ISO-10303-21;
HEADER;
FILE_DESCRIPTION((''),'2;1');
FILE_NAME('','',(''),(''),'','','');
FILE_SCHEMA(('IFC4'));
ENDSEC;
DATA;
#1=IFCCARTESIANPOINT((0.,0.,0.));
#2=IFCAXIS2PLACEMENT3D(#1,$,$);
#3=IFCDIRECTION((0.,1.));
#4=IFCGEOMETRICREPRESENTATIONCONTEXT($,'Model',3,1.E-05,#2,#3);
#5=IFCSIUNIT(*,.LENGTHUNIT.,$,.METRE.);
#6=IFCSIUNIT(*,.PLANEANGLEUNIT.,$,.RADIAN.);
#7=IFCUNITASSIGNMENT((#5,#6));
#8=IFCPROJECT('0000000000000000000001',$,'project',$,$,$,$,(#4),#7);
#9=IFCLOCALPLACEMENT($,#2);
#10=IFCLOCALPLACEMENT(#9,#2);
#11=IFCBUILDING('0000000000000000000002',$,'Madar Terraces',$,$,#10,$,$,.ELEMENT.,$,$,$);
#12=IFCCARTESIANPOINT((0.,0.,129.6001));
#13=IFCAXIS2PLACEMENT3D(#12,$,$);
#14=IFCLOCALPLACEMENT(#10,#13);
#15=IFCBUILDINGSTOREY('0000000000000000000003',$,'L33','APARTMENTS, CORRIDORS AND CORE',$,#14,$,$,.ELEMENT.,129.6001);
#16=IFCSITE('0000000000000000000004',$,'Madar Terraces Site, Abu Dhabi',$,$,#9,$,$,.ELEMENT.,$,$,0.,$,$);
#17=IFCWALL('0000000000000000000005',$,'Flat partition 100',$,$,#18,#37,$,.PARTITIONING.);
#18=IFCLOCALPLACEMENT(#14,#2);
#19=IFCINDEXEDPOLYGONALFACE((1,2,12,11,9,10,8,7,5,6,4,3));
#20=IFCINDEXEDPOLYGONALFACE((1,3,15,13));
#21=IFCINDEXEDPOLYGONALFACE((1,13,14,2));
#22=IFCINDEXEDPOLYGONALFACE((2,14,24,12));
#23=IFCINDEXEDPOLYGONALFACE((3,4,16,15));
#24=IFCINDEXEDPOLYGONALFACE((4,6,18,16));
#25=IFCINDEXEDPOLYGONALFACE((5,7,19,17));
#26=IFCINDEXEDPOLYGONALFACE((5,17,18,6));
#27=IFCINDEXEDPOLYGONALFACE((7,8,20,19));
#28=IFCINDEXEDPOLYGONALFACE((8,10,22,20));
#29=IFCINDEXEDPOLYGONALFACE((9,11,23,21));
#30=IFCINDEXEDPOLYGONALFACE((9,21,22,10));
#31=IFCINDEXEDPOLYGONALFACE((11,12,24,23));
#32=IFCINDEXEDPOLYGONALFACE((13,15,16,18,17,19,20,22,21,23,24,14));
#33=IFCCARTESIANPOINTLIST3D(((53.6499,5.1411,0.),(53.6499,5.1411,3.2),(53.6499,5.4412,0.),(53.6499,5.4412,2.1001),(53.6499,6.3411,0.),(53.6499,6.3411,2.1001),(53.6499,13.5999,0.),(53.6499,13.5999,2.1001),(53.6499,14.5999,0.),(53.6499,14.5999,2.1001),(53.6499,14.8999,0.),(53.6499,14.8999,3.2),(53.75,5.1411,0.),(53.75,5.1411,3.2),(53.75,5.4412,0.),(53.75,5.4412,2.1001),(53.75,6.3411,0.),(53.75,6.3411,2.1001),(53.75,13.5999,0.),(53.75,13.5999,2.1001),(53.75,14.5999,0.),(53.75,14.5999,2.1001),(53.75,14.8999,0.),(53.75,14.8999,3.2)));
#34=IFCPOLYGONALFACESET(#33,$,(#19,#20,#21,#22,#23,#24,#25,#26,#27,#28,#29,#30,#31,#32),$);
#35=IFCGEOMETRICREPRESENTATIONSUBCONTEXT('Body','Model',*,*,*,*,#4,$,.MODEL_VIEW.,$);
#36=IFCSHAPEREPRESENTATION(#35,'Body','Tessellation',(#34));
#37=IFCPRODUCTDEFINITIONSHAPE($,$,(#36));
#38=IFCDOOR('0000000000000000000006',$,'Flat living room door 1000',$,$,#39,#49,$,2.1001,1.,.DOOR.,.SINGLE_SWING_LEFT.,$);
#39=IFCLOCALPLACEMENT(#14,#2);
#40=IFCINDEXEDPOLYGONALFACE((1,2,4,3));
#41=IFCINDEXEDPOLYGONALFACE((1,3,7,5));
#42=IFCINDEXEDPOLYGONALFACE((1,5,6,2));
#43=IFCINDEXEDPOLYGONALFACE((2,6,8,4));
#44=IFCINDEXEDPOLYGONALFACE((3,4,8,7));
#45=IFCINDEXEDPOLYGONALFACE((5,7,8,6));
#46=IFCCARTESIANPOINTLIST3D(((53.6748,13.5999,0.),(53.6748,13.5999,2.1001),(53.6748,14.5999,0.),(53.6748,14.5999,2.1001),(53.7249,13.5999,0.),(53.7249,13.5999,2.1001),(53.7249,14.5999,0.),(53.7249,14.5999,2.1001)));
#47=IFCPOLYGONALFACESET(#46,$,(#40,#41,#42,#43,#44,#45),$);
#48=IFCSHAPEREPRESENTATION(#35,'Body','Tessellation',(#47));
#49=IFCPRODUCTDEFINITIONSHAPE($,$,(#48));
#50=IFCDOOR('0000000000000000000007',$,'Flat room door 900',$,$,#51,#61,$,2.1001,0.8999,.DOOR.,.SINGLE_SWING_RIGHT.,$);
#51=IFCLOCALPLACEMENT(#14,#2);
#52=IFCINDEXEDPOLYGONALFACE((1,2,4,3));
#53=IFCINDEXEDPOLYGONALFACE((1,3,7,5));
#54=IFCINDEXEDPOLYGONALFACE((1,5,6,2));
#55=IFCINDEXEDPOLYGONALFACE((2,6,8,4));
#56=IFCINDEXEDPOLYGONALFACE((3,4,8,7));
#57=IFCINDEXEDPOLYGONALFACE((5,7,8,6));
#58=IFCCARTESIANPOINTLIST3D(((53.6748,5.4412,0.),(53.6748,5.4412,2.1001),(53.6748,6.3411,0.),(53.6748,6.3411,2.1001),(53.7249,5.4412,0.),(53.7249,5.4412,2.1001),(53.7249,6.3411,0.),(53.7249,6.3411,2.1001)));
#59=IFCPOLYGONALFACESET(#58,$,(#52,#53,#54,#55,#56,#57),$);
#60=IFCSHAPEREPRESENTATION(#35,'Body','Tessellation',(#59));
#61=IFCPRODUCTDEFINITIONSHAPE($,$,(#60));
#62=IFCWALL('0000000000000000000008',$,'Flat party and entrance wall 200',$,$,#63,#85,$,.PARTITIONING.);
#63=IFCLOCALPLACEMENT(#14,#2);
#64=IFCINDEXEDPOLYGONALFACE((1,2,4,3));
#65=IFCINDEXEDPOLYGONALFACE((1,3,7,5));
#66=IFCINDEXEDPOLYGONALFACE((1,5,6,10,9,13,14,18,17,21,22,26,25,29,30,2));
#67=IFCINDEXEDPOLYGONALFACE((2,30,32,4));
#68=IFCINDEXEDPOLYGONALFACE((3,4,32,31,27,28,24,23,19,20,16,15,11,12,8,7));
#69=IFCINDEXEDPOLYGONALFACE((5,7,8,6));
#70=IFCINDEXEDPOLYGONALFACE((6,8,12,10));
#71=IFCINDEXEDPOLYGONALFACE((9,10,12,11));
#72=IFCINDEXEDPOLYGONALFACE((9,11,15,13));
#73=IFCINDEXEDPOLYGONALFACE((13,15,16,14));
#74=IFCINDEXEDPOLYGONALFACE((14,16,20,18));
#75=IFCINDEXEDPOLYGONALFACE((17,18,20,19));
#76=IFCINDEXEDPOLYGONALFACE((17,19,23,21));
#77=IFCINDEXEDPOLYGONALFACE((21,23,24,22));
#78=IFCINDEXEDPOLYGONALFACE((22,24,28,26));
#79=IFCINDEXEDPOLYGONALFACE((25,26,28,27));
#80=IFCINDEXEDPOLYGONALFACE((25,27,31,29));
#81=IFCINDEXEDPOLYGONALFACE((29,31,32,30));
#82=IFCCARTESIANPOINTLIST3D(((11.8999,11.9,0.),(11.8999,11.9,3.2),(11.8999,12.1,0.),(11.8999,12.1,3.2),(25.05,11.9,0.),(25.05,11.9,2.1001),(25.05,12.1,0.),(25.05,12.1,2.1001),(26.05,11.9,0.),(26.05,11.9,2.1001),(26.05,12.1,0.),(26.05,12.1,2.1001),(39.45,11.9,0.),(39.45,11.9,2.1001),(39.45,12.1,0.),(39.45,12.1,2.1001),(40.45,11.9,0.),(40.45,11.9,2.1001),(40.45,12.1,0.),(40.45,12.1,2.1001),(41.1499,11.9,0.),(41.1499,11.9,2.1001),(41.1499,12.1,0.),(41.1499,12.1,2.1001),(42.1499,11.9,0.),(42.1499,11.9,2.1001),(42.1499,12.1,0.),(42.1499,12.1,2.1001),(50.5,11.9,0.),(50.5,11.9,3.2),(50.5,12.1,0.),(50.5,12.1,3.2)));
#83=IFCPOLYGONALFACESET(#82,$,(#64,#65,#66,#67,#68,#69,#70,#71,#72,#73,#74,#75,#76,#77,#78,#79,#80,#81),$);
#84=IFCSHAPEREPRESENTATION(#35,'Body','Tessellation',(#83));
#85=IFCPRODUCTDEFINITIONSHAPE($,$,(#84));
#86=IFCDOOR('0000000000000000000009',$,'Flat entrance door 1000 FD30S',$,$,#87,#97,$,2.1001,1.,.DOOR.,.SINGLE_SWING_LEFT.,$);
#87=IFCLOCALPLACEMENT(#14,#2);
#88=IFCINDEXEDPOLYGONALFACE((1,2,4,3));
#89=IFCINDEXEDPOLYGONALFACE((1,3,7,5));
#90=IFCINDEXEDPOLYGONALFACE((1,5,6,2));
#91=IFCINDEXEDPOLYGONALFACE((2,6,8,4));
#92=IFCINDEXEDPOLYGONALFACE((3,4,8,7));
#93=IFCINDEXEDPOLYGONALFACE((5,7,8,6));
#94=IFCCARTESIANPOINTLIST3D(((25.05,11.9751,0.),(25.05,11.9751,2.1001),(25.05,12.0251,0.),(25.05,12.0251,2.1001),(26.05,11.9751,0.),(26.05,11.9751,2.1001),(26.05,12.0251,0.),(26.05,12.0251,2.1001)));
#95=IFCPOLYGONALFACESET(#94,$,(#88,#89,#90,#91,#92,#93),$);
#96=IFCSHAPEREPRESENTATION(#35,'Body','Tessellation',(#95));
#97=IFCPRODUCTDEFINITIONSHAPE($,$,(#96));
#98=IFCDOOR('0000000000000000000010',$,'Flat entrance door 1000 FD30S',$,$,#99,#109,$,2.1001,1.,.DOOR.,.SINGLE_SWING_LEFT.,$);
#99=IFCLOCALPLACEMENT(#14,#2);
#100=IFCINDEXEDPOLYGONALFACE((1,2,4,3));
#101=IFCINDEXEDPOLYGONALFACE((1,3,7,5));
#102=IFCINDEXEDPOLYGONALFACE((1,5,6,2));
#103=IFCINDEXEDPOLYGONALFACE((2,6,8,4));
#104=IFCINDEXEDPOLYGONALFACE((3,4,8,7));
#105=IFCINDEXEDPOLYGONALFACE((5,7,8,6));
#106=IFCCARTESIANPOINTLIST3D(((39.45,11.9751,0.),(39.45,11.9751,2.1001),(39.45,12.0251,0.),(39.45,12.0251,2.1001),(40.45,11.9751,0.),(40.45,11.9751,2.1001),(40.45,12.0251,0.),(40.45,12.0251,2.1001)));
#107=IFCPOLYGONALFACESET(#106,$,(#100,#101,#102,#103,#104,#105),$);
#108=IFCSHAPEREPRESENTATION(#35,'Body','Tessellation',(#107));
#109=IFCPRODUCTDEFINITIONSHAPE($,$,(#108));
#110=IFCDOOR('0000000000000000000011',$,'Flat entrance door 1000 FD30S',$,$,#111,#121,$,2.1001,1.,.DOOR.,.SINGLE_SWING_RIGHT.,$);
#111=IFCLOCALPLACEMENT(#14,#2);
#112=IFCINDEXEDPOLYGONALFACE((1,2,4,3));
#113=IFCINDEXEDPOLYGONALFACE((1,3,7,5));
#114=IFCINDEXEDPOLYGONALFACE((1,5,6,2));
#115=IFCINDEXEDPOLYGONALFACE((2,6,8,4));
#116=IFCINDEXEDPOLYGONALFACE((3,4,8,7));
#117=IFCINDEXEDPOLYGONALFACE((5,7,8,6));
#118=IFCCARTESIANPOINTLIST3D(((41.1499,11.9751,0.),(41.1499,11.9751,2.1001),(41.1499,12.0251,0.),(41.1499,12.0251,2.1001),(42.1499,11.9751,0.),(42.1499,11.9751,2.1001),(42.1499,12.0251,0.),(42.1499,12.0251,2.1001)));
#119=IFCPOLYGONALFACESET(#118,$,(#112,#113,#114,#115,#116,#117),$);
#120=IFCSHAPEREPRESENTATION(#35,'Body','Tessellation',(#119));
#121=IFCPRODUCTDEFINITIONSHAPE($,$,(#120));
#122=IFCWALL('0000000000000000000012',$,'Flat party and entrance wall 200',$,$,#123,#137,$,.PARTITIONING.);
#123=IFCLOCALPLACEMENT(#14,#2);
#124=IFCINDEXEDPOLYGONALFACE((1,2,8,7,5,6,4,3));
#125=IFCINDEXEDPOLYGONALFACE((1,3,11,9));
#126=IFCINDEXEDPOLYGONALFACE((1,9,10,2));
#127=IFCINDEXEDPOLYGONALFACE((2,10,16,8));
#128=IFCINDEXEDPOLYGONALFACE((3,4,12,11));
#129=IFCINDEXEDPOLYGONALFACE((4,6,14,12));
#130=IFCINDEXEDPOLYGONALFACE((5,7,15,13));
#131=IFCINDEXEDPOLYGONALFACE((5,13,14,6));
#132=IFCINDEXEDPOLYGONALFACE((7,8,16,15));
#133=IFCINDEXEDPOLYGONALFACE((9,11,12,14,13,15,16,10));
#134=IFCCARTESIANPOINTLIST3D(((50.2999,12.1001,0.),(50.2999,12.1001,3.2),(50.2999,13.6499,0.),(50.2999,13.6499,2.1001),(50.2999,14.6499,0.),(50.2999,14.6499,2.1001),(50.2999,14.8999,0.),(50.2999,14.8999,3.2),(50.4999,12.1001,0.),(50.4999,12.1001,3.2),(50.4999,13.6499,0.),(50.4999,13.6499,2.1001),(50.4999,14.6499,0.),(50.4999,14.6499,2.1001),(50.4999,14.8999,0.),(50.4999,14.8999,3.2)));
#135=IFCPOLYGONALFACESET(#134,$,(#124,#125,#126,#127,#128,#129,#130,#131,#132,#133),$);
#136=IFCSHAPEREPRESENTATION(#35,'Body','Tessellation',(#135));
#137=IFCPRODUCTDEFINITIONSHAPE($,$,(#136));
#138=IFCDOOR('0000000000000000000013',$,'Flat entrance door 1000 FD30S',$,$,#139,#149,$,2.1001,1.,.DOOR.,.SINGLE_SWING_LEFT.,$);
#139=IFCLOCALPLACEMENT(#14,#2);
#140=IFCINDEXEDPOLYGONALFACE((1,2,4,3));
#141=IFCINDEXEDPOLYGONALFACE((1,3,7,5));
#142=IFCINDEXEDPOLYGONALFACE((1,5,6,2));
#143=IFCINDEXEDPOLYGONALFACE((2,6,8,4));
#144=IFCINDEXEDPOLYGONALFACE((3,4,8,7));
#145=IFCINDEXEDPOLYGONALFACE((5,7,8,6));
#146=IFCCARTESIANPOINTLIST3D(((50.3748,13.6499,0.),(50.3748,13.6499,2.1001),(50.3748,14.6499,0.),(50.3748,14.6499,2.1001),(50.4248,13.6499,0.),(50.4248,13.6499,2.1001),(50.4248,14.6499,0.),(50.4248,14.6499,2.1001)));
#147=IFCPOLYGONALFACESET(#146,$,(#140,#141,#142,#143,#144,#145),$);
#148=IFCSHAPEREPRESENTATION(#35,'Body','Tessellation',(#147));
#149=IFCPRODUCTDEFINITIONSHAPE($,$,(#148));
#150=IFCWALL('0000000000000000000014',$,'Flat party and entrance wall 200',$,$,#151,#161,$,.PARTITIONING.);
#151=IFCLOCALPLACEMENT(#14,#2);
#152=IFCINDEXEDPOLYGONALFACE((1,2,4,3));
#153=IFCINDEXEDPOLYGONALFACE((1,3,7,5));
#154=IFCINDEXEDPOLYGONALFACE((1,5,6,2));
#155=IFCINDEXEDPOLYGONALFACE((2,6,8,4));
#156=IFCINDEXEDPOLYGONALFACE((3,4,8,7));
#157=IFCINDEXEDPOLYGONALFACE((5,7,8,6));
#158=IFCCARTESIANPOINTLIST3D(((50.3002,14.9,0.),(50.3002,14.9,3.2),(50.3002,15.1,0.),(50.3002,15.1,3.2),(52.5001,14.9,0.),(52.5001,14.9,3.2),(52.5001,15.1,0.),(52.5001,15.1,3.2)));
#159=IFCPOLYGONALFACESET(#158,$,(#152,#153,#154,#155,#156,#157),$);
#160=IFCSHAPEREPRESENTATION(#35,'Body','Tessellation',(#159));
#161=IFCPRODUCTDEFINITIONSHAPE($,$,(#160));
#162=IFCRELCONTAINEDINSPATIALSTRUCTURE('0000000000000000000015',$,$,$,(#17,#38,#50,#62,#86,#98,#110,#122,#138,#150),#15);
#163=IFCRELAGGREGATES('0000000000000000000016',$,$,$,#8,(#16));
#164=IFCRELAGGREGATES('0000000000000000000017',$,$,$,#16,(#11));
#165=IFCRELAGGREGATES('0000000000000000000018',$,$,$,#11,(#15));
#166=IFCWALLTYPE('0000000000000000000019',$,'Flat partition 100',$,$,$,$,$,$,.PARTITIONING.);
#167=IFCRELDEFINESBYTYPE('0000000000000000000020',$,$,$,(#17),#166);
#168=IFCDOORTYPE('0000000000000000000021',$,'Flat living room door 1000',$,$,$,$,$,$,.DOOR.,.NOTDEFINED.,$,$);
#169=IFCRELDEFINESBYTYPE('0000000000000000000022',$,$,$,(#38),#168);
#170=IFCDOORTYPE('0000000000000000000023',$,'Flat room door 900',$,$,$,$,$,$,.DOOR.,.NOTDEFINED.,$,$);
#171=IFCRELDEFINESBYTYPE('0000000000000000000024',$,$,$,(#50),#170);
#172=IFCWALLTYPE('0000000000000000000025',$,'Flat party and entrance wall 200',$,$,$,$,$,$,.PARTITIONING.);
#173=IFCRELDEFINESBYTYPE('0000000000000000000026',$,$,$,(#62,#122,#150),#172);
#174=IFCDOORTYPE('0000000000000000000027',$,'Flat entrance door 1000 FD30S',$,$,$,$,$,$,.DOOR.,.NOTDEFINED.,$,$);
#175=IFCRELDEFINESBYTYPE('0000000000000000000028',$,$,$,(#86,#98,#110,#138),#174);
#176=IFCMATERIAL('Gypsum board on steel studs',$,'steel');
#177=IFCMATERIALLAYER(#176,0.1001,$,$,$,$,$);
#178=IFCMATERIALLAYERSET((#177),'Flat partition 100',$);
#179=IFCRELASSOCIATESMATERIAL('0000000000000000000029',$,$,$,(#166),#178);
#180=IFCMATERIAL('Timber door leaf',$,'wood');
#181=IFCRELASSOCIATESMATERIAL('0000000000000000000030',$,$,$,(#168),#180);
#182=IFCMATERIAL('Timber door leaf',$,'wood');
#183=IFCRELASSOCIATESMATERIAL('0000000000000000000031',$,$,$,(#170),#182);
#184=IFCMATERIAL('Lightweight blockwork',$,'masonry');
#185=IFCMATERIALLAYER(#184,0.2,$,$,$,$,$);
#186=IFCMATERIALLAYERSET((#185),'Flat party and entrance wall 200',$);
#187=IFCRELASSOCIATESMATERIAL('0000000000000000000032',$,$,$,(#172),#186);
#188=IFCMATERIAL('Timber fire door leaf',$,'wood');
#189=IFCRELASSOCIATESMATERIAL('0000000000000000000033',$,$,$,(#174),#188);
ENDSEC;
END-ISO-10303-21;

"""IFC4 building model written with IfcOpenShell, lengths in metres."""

from ifc_helpers import new_model, si_unit, direction, frame, frame_2d, origin, place, context, subcontext, project, spatial, rectangle, extrude, material, layer, layer_set, type_object, element, fill, save


model = new_model("IFC4")

# Units and contexts
model_context = context("Model", 3, precision=1e-05, world=origin(), true_north=direction((0.0, 1.0)))
body_context = subcontext(model_context, "Body", "Model", "MODEL_VIEW")
ifc_project = project(units=[si_unit("LENGTHUNIT", "METRE"), si_unit("PLANEANGLEUNIT", "RADIAN")], contexts=[model_context])

# Site, building, storey
site_placement = place(None, origin())
site = spatial("IfcSite", under=ifc_project, at=site_placement, Name="Madar Terraces Site, Abu Dhabi", CompositionType="ELEMENT", RefElevation=0.0)
building_placement = place(site_placement, origin())
building = spatial("IfcBuilding", under=site, at=building_placement, Name="Madar Terraces", CompositionType="ELEMENT")
storey_placement = place(building_placement, frame((0.0, 0.0, 129.6001)))
storey = spatial("IfcBuildingStorey", under=building, at=storey_placement, Name="L33", Description="APARTMENTS, CORRIDORS AND CORE", CompositionType="ELEMENT", Elevation=129.6001)

# Walls, openings, doors
ifc_material_1 = material(Name="Gypsum board on steel studs", Category="steel")
ifc_layer_1 = layer(ifc_material_1, 0.1001)
ifc_layer_set_1 = layer_set([ifc_layer_1], Name="Flat partition 100")
wall_type_1 = type_object("IfcWallType", Name="Flat partition 100", PredefinedType="PARTITIONING", material=ifc_layer_set_1)
wall_1_placement = place(storey_placement, frame((53.7, 14.8999, 0.0), z_axis=(0.0, 0.0, 1.0), x_axis=(0.0, -1.0, 0.0)))
wall_1 = element("IfcWall", 1, at=wall_1_placement, inside=storey, type_object=wall_type_1, Name="Flat partition 100", PredefinedType="PARTITIONING", context=body_context, shape_type="SweptSolid", body=[
    extrude(rectangle(XDim=9.7588, YDim=0.1001, at=frame_2d((4.8794, 0.0))), origin(), (0.0, 0.0, 1.0), 3.2),
])
opening_1_placement = place(wall_1_placement, frame((0.3, 0.0, 0.0)))
opening_1 = element("IfcOpeningElement", 2, at=opening_1_placement, cuts=wall_1, PredefinedType="OPENING", context=body_context, shape_type="SweptSolid", body=[
    extrude(rectangle(XDim=1.0, YDim=2.1001, at=frame_2d((0.5, 1.05))), frame((0.0, 0.0601, 0.0), z_axis=(0.0, -1.0, 0.0), x_axis=(1.0, 0.0, 0.0)), (0.0, 0.0, 1.0), 0.1201),
])
opening_2_placement = place(wall_1_placement, frame((8.5588, 0.0, 0.0)))
opening_2 = element("IfcOpeningElement", 3, at=opening_2_placement, cuts=wall_1, PredefinedType="OPENING", context=body_context, shape_type="SweptSolid", body=[
    extrude(rectangle(XDim=0.8999, YDim=2.1001, at=frame_2d((0.45, 1.05))), frame((0.0, 0.0601, 0.0), z_axis=(0.0, -1.0, 0.0), x_axis=(1.0, 0.0, 0.0)), (0.0, 0.0, 1.0), 0.1201),
])
ifc_material_2 = material(Name="Timber door leaf", Category="wood")
door_type_1 = type_object("IfcDoorType", Name="Flat living room door 1000", OperationType="NOTDEFINED", PredefinedType="DOOR", material=ifc_material_2)
door_1_placement = place(opening_1_placement, origin())
door_1 = element("IfcDoor", 4, at=door_1_placement, inside=storey, type_object=door_type_1, Name="Flat living room door 1000", OperationType="SINGLE_SWING_LEFT", OverallHeight=2.1001, OverallWidth=1.0, PredefinedType="DOOR", context=body_context, shape_type="SweptSolid", body=[
    extrude(rectangle(XDim=1.0, YDim=2.1001, at=frame_2d((0.5, 1.05))), frame((0.0, 0.0249, 0.0), z_axis=(0.0, -1.0, 0.0), x_axis=(1.0, 0.0, 0.0)), (0.0, 0.0, 1.0), 0.05),
])
fill(opening_1, door_1)
ifc_material_3 = material(Name="Timber door leaf", Category="wood")
door_type_2 = type_object("IfcDoorType", Name="Flat room door 900", OperationType="NOTDEFINED", PredefinedType="DOOR", material=ifc_material_3)
door_2_placement = place(opening_2_placement, origin())
door_2 = element("IfcDoor", 5, at=door_2_placement, inside=storey, type_object=door_type_2, Name="Flat room door 900", OperationType="SINGLE_SWING_RIGHT", OverallHeight=2.1001, OverallWidth=0.8999, PredefinedType="DOOR", context=body_context, shape_type="SweptSolid", body=[
    extrude(rectangle(XDim=0.8999, YDim=2.1001, at=frame_2d((0.45, 1.05))), frame((0.0, 0.0249, 0.0), z_axis=(0.0, -1.0, 0.0), x_axis=(1.0, 0.0, 0.0)), (0.0, 0.0, 1.0), 0.05),
])
fill(opening_2, door_2)
ifc_material_4 = material(Name="Lightweight blockwork", Category="masonry")
ifc_layer_2 = layer(ifc_material_4, 0.2)
ifc_layer_set_2 = layer_set([ifc_layer_2], Name="Flat party and entrance wall 200")
wall_type_2 = type_object("IfcWallType", Name="Flat party and entrance wall 200", PredefinedType="PARTITIONING", material=ifc_layer_set_2)
wall_2_placement = place(storey_placement, frame((50.5, 12.0, 0.0), z_axis=(0.0, 0.0, 1.0), x_axis=(-1.0, 0.0, 0.0)))
wall_2 = element("IfcWall", 6, at=wall_2_placement, inside=storey, type_object=wall_type_2, Name="Flat party and entrance wall 200", PredefinedType="PARTITIONING", context=body_context, shape_type="SweptSolid", body=[
    extrude(rectangle(XDim=38.6001, YDim=0.2, at=frame_2d((19.3, 0.0))), origin(), (0.0, 0.0, 1.0), 3.2),
])
opening_3_placement = place(wall_2_placement, frame((24.45, 0.0, 0.0)))
opening_3 = element("IfcOpeningElement", 7, at=opening_3_placement, cuts=wall_2, PredefinedType="OPENING", context=body_context, shape_type="SweptSolid", body=[
    extrude(rectangle(XDim=1.0, YDim=2.1001, at=frame_2d((0.5, 1.05))), frame((0.0, 0.1099, 0.0), z_axis=(0.0, -1.0, 0.0), x_axis=(1.0, 0.0, 0.0)), (0.0, 0.0, 1.0), 0.22),
])
opening_4_placement = place(wall_2_placement, frame((10.05, 0.0, 0.0)))
opening_4 = element("IfcOpeningElement", 8, at=opening_4_placement, cuts=wall_2, PredefinedType="OPENING", context=body_context, shape_type="SweptSolid", body=[
    extrude(rectangle(XDim=1.0, YDim=2.1001, at=frame_2d((0.5, 1.05))), frame((0.0, 0.1099, 0.0), z_axis=(0.0, -1.0, 0.0), x_axis=(1.0, 0.0, 0.0)), (0.0, 0.0, 1.0), 0.22),
])
opening_5_placement = place(wall_2_placement, frame((8.3501, 0.0, 0.0)))
opening_5 = element("IfcOpeningElement", 9, at=opening_5_placement, cuts=wall_2, PredefinedType="OPENING", context=body_context, shape_type="SweptSolid", body=[
    extrude(rectangle(XDim=1.0, YDim=2.1001, at=frame_2d((0.5, 1.05))), frame((0.0, 0.1099, 0.0), z_axis=(0.0, -1.0, 0.0), x_axis=(1.0, 0.0, 0.0)), (0.0, 0.0, 1.0), 0.22),
])
ifc_material_5 = material(Name="Timber fire door leaf", Category="wood")
door_type_3 = type_object("IfcDoorType", Name="Flat entrance door 1000 FD30S", OperationType="NOTDEFINED", PredefinedType="DOOR", material=ifc_material_5)
door_3_placement = place(opening_3_placement, origin())
door_3 = element("IfcDoor", 10, at=door_3_placement, inside=storey, type_object=door_type_3, Name="Flat entrance door 1000 FD30S", OperationType="SINGLE_SWING_LEFT", OverallHeight=2.1001, OverallWidth=1.0, PredefinedType="DOOR", context=body_context, shape_type="SweptSolid", body=[
    extrude(rectangle(XDim=1.0, YDim=2.1001, at=frame_2d((0.5, 1.05))), frame((0.0, 0.0249, 0.0), z_axis=(0.0, -1.0, 0.0), x_axis=(1.0, 0.0, 0.0)), (0.0, 0.0, 1.0), 0.05),
])
fill(opening_3, door_3)
door_4_placement = place(opening_4_placement, origin())
door_4 = element("IfcDoor", 11, at=door_4_placement, inside=storey, type_object=door_type_3, Name="Flat entrance door 1000 FD30S", OperationType="SINGLE_SWING_LEFT", OverallHeight=2.1001, OverallWidth=1.0, PredefinedType="DOOR", context=body_context, shape_type="SweptSolid", body=[
    extrude(rectangle(XDim=1.0, YDim=2.1001, at=frame_2d((0.5, 1.05))), frame((0.0, 0.0249, 0.0), z_axis=(0.0, -1.0, 0.0), x_axis=(1.0, 0.0, 0.0)), (0.0, 0.0, 1.0), 0.05),
])
fill(opening_4, door_4)
door_5_placement = place(opening_5_placement, origin())
door_5 = element("IfcDoor", 12, at=door_5_placement, inside=storey, type_object=door_type_3, Name="Flat entrance door 1000 FD30S", OperationType="SINGLE_SWING_RIGHT", OverallHeight=2.1001, OverallWidth=1.0, PredefinedType="DOOR", context=body_context, shape_type="SweptSolid", body=[
    extrude(rectangle(XDim=1.0, YDim=2.1001, at=frame_2d((0.5, 1.05))), frame((0.0, 0.0249, 0.0), z_axis=(0.0, -1.0, 0.0), x_axis=(1.0, 0.0, 0.0)), (0.0, 0.0, 1.0), 0.05),
])
fill(opening_5, door_5)

# Wall, opening, door
wall_3_placement = place(storey_placement, frame((50.3999, 14.8999, 0.0), z_axis=(0.0, 0.0, 1.0), x_axis=(0.0, -1.0, 0.0)))
wall_3 = element("IfcWall", 13, at=wall_3_placement, inside=storey, type_object=wall_type_2, Name="Flat party and entrance wall 200", PredefinedType="PARTITIONING", context=body_context, shape_type="SweptSolid", body=[
    extrude(rectangle(XDim=2.7998, YDim=0.2, at=frame_2d((1.3999, 0.0))), origin(), (0.0, 0.0, 1.0), 3.2),
])
opening_6_placement = place(wall_3_placement, frame((0.25, 0.0, 0.0)))
opening_6 = element("IfcOpeningElement", 14, at=opening_6_placement, cuts=wall_3, PredefinedType="OPENING", context=body_context, shape_type="SweptSolid", body=[
    extrude(rectangle(XDim=1.0, YDim=2.1001, at=frame_2d((0.5, 1.05))), frame((0.0, 0.1099, 0.0), z_axis=(0.0, -1.0, 0.0), x_axis=(1.0, 0.0, 0.0)), (0.0, 0.0, 1.0), 0.22),
])
door_6_placement = place(opening_6_placement, origin())
door_6 = element("IfcDoor", 15, at=door_6_placement, inside=storey, type_object=door_type_3, Name="Flat entrance door 1000 FD30S", OperationType="SINGLE_SWING_LEFT", OverallHeight=2.1001, OverallWidth=1.0, PredefinedType="DOOR", context=body_context, shape_type="SweptSolid", body=[
    extrude(rectangle(XDim=1.0, YDim=2.1001, at=frame_2d((0.5, 1.05))), frame((0.0, 0.0249, 0.0), z_axis=(0.0, -1.0, 0.0), x_axis=(1.0, 0.0, 0.0)), (0.0, 0.0, 1.0), 0.05),
])
fill(opening_6, door_6)

# Wall
wall_4_placement = place(storey_placement, frame((50.3, 15.0, 0.0), z_axis=(0.0, 0.0, 1.0), x_axis=(1.0, 0.0, 0.0)))
element("IfcWall", 16, at=wall_4_placement, inside=storey, type_object=wall_type_2, Name="Flat party and entrance wall 200", PredefinedType="PARTITIONING", context=body_context, shape_type="SweptSolid", body=[
    extrude(rectangle(XDim=2.2, YDim=0.2, at=frame_2d((1.1001, 0.0))), origin(), (0.0, 0.0, 1.0), 3.2),
])

save(model, "model.ifc")
